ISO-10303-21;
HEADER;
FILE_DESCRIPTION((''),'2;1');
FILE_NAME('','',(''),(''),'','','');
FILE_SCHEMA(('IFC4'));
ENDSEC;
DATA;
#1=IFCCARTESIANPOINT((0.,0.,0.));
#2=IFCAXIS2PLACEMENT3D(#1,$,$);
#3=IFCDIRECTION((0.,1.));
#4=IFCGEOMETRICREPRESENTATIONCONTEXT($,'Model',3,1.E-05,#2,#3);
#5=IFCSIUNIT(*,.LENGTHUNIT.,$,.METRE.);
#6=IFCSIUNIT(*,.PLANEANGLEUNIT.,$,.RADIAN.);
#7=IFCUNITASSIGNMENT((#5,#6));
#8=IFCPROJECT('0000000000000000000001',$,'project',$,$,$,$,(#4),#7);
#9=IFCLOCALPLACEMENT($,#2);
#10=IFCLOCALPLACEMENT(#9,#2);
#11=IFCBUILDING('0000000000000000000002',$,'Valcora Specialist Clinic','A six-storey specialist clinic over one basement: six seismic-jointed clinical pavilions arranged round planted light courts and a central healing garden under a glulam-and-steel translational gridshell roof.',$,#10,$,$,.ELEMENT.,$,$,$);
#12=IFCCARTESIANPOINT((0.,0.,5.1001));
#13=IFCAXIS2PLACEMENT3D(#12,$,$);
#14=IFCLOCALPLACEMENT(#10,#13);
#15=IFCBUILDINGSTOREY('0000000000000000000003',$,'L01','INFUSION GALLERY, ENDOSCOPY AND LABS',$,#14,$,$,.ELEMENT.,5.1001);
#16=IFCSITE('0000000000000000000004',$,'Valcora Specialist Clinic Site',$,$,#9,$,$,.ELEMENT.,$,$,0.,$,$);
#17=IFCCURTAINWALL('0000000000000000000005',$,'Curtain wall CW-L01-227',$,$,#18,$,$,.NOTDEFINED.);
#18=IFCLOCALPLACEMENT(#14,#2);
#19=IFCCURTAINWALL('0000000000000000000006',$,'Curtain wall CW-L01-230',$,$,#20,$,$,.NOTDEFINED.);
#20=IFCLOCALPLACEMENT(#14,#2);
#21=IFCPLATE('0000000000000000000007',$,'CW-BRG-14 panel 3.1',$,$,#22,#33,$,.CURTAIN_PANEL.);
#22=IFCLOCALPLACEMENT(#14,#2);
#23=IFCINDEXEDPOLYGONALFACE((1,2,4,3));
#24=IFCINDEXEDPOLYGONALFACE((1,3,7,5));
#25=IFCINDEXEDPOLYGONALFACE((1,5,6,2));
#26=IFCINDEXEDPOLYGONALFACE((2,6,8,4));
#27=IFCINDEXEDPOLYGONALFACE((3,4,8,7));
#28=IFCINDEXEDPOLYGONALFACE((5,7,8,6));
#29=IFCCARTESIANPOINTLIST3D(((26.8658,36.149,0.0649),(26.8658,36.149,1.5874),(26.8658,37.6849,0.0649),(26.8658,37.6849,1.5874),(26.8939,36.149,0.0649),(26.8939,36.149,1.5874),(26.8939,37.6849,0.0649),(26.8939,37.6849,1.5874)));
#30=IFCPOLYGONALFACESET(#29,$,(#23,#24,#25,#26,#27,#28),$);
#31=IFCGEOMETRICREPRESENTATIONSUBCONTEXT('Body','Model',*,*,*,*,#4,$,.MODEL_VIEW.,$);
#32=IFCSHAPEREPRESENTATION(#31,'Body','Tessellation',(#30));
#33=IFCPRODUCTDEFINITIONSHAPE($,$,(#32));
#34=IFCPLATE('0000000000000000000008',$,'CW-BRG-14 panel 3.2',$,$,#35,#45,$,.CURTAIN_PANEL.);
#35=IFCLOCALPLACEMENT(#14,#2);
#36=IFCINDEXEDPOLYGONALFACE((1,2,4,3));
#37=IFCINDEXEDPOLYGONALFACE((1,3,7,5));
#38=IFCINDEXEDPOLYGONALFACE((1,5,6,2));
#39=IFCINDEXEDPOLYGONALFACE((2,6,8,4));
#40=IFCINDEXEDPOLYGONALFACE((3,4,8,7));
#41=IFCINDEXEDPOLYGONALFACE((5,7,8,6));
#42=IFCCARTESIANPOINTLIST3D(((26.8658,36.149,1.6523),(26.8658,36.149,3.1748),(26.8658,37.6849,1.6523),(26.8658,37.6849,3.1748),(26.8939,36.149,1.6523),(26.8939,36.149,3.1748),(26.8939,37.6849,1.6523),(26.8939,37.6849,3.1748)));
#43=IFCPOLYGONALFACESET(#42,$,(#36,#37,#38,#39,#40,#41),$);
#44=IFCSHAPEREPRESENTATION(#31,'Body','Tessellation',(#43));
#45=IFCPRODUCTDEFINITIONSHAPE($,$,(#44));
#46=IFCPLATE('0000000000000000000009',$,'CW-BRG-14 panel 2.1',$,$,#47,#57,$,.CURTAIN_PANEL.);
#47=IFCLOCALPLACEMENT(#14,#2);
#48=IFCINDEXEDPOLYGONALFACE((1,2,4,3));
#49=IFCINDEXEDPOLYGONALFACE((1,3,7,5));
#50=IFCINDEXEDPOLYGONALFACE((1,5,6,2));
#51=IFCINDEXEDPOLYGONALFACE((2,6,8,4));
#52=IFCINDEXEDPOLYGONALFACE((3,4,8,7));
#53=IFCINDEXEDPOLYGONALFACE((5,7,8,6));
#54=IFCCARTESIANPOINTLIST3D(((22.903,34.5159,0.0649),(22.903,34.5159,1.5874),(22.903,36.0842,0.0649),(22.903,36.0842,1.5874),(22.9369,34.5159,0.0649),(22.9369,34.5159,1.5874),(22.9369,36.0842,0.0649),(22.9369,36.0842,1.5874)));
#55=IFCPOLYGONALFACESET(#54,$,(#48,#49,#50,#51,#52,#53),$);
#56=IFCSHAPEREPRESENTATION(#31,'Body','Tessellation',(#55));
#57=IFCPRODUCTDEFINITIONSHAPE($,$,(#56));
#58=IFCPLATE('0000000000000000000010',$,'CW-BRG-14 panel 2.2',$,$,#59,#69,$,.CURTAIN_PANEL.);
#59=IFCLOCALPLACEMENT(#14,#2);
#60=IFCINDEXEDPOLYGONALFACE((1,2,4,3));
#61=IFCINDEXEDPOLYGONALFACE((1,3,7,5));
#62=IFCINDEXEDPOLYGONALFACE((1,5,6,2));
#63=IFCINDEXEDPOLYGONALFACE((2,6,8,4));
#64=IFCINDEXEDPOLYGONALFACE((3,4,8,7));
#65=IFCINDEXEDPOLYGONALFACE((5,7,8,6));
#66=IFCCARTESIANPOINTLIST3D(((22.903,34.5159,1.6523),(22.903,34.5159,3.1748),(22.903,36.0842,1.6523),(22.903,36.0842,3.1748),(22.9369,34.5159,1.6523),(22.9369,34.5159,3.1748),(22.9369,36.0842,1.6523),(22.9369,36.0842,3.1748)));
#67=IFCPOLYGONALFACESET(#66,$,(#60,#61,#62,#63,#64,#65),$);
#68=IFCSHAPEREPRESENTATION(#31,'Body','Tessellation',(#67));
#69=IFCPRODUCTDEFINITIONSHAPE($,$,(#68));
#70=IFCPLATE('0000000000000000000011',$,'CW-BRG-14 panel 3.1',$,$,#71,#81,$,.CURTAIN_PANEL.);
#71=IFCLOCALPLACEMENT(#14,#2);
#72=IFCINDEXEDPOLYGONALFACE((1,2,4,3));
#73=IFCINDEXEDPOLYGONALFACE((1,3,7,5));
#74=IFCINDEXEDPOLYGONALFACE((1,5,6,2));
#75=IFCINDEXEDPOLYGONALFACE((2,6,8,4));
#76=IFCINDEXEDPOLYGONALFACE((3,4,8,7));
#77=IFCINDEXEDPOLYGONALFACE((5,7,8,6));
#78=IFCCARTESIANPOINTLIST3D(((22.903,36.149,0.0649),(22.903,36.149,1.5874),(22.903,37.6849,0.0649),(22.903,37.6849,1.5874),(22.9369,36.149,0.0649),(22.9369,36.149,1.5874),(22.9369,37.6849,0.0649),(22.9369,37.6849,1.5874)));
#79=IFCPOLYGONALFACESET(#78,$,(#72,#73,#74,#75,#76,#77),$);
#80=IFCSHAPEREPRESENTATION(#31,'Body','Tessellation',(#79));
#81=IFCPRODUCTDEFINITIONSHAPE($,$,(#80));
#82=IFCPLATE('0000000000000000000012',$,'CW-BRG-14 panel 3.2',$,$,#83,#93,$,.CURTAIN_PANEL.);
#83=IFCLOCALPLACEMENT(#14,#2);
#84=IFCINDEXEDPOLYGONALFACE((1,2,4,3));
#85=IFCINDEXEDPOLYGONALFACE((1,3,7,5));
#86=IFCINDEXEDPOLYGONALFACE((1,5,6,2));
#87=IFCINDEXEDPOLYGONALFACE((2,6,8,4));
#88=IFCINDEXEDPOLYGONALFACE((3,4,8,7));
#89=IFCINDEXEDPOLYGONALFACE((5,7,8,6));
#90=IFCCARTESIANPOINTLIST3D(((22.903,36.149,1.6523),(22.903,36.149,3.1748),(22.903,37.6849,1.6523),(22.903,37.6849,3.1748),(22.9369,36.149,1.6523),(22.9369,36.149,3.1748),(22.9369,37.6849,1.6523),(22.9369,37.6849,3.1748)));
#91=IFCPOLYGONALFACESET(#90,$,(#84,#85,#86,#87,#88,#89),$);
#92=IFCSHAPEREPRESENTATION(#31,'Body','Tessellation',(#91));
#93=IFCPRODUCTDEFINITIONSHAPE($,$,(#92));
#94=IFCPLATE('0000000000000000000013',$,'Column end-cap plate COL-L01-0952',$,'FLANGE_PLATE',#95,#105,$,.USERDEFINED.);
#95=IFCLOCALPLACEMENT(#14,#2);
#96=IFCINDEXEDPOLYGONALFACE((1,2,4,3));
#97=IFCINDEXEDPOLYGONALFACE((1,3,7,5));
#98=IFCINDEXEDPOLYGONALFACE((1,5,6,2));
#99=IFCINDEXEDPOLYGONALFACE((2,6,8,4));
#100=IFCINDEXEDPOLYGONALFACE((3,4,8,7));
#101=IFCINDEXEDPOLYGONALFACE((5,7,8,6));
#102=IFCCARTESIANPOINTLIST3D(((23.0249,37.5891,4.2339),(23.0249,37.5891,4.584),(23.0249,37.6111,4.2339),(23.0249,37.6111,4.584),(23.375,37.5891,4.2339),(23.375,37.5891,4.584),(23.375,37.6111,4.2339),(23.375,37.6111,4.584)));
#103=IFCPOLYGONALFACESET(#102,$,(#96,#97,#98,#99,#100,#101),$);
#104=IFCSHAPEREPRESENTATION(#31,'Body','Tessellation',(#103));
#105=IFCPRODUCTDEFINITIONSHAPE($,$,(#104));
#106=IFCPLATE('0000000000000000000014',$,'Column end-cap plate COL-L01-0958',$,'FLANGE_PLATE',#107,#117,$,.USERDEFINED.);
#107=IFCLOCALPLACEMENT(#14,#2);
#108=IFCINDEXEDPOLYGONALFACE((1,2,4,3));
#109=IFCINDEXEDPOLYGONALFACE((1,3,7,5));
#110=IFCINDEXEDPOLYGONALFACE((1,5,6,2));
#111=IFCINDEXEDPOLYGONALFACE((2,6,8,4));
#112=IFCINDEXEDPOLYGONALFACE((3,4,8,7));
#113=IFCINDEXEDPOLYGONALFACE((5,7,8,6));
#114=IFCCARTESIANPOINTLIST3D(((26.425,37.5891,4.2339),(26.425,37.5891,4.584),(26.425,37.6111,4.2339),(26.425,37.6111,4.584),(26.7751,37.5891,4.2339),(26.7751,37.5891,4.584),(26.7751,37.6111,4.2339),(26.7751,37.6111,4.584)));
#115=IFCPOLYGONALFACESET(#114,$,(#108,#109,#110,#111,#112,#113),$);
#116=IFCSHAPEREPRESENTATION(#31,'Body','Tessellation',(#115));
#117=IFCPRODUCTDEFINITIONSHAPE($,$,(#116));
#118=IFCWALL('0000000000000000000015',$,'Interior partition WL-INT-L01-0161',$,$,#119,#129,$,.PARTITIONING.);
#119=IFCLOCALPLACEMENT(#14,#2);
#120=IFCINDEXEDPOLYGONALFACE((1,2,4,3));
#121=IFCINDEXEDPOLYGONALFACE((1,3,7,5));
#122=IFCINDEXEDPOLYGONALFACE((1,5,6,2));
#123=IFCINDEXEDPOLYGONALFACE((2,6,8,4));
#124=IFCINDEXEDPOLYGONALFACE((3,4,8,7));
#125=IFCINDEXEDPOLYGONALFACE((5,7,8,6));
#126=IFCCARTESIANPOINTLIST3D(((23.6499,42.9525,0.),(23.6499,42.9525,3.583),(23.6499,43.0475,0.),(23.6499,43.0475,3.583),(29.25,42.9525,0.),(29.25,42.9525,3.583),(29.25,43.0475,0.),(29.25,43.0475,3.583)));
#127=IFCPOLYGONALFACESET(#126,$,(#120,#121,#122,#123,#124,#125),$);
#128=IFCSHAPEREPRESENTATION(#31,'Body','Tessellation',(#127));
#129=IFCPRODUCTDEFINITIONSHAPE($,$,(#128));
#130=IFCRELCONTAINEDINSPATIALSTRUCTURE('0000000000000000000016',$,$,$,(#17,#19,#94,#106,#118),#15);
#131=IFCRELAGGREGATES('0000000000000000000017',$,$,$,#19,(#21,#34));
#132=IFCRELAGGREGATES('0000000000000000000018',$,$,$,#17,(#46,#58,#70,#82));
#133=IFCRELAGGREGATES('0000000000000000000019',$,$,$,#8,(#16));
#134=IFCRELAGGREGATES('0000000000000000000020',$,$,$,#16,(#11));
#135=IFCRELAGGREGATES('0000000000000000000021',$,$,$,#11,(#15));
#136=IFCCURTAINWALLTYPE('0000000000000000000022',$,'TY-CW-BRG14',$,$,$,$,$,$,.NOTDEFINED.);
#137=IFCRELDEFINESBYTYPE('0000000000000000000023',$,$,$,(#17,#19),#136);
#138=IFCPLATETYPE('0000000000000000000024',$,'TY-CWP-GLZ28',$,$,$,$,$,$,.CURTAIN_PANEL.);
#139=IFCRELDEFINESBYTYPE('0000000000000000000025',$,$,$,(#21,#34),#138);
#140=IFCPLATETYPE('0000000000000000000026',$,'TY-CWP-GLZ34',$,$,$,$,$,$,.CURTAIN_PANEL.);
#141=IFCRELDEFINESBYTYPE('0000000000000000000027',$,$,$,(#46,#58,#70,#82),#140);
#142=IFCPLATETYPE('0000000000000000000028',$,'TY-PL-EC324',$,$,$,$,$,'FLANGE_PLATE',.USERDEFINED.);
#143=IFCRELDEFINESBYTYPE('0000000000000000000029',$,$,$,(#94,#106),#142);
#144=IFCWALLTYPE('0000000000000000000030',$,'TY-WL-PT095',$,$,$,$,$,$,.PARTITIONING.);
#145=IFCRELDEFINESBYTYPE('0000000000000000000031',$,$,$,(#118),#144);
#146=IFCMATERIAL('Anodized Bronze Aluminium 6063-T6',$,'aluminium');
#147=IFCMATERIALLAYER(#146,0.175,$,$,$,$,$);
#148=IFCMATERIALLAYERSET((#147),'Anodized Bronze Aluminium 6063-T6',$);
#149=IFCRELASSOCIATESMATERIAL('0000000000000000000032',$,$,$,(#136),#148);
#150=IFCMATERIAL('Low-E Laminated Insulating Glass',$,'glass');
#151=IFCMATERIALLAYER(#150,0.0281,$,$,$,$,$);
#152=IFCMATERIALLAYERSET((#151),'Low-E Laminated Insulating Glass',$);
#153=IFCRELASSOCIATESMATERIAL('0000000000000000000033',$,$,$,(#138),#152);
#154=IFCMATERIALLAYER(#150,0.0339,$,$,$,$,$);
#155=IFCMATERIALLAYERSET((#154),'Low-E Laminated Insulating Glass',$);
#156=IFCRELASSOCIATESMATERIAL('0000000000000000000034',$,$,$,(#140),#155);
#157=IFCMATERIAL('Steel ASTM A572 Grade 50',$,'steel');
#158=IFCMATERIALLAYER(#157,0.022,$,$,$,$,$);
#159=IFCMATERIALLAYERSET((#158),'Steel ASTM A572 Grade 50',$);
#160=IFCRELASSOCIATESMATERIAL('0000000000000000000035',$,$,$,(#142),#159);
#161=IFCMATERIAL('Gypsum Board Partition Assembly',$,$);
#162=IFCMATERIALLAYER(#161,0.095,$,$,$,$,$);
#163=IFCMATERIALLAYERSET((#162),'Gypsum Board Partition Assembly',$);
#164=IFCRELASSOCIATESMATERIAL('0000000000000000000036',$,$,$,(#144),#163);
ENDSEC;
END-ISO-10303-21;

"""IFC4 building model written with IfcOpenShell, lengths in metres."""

from ifc_helpers import new_model, si_unit, direction, frame, frame_2d, origin, origin_2d, place, context, subcontext, project, spatial, rectangle, extrude, material, layer, layer_set, type_object, element, aggregate, save


model = new_model("IFC4")

# Units and contexts
model_context = context("Model", 3, precision=1e-05, world=origin(), true_north=direction((0.0, 1.0)))
body_context = subcontext(model_context, "Body", "Model", "MODEL_VIEW")
ifc_project = project(units=[si_unit("LENGTHUNIT", "METRE"), si_unit("PLANEANGLEUNIT", "RADIAN")], contexts=[model_context])

# Site, building, storey
site_placement = place(None, origin())
site = spatial("IfcSite", under=ifc_project, at=site_placement, Name="Valcora Specialist Clinic Site", CompositionType="ELEMENT", RefElevation=0.0)
building_placement = place(site_placement, origin())
building = spatial("IfcBuilding", under=site, at=building_placement, Name="Valcora Specialist Clinic", Description="A six-storey specialist clinic over one basement: six seismic-jointed clinical pavilions arranged round planted light courts and a central healing garden under a glulam-and-steel translational gridshell roof.", CompositionType="ELEMENT")
storey_placement = place(building_placement, frame((0.0, 0.0, 5.1001)))
storey = spatial("IfcBuildingStorey", under=building, at=storey_placement, Name="L01", Description="INFUSION GALLERY, ENDOSCOPY AND LABS", CompositionType="ELEMENT", Elevation=5.1001)

# Curtain walls
ifc_material_1 = material(Name="Anodized Bronze Aluminium 6063-T6", Category="aluminium")
ifc_layer_1 = layer(ifc_material_1, 0.175)
ifc_layer_set_1 = layer_set([ifc_layer_1], Name="Anodized Bronze Aluminium 6063-T6")
curtain_wall_type = type_object("IfcCurtainWallType", Name="TY-CW-BRG14", PredefinedType="NOTDEFINED", material=ifc_layer_set_1)
curtain_wall_1_placement = place(storey_placement, origin())
curtain_wall_1 = element("IfcCurtainWall", 1, at=curtain_wall_1_placement, inside=storey, type_object=curtain_wall_type, Name="Curtain wall CW-L01-227", PredefinedType="NOTDEFINED")
curtain_wall_2_placement = place(storey_placement, origin())
curtain_wall_2 = element("IfcCurtainWall", 2, at=curtain_wall_2_placement, inside=storey, type_object=curtain_wall_type, Name="Curtain wall CW-L01-230", PredefinedType="NOTDEFINED")

# Plates
ifc_material_2 = material(Name="Low-E Laminated Insulating Glass", Category="glass")
ifc_layer_2 = layer(ifc_material_2, 0.0281)
ifc_layer_set_2 = layer_set([ifc_layer_2], Name="Low-E Laminated Insulating Glass")
plate_type_1 = type_object("IfcPlateType", Name="TY-CWP-GLZ28", PredefinedType="CURTAIN_PANEL", material=ifc_layer_set_2)
plate_1_placement = place(storey_placement, frame((26.8799, 36.917, 0.0649), z_axis=(0.0, 0.0, 1.0), x_axis=(0.0, 1.0, 0.0)))
plate_1 = element("IfcPlate", 3, at=plate_1_placement, type_object=plate_type_1, Name="CW-BRG-14 panel 3.1", PredefinedType="CURTAIN_PANEL", context=body_context, shape_type="SweptSolid", body=[
    extrude(rectangle(XDim=1.5359, YDim=0.0281, at=origin_2d()), origin(), (0.0, 0.0, 1.0), 1.5225),
])
plate_2_placement = place(storey_placement, frame((26.8799, 36.917, 1.6523), z_axis=(0.0, 0.0, 1.0), x_axis=(0.0, 1.0, 0.0)))
plate_2 = element("IfcPlate", 4, at=plate_2_placement, type_object=plate_type_1, Name="CW-BRG-14 panel 3.2", PredefinedType="CURTAIN_PANEL", context=body_context, shape_type="SweptSolid", body=[
    extrude(rectangle(XDim=1.5359, YDim=0.0281, at=origin_2d()), origin(), (0.0, 0.0, 1.0), 1.5225),
])
aggregate(curtain_wall_2, [plate_1, plate_2])
ifc_layer_3 = layer(ifc_material_2, 0.0339)
ifc_layer_set_3 = layer_set([ifc_layer_3], Name="Low-E Laminated Insulating Glass")
plate_type_2 = type_object("IfcPlateType", Name="TY-CWP-GLZ34", PredefinedType="CURTAIN_PANEL", material=ifc_layer_set_3)
plate_3_placement = place(storey_placement, frame((22.9199, 35.3, 0.0649), z_axis=(0.0, 0.0, 1.0), x_axis=(0.0, 1.0, 0.0)))
plate_3 = element("IfcPlate", 5, at=plate_3_placement, type_object=plate_type_2, Name="CW-BRG-14 panel 2.1", PredefinedType="CURTAIN_PANEL", context=body_context, shape_type="SweptSolid", body=[
    extrude(rectangle(XDim=1.5684, YDim=0.0339, at=origin_2d()), origin(), (0.0, 0.0, 1.0), 1.5225),
])
plate_4_placement = place(storey_placement, frame((22.9199, 35.3, 1.6523), z_axis=(0.0, 0.0, 1.0), x_axis=(0.0, 1.0, 0.0)))
plate_4 = element("IfcPlate", 6, at=plate_4_placement, type_object=plate_type_2, Name="CW-BRG-14 panel 2.2", PredefinedType="CURTAIN_PANEL", context=body_context, shape_type="SweptSolid", body=[
    extrude(rectangle(XDim=1.5684, YDim=0.0339, at=origin_2d()), origin(), (0.0, 0.0, 1.0), 1.5225),
])
plate_5_placement = place(storey_placement, frame((22.9199, 36.917, 0.0649), z_axis=(0.0, 0.0, 1.0), x_axis=(0.0, 1.0, 0.0)))
plate_5 = element("IfcPlate", 7, at=plate_5_placement, type_object=plate_type_2, Name="CW-BRG-14 panel 3.1", PredefinedType="CURTAIN_PANEL", context=body_context, shape_type="SweptSolid", body=[
    extrude(rectangle(XDim=1.5359, YDim=0.0339, at=origin_2d()), origin(), (0.0, 0.0, 1.0), 1.5225),
])
plate_6_placement = place(storey_placement, frame((22.9199, 36.917, 1.6523), z_axis=(0.0, 0.0, 1.0), x_axis=(0.0, 1.0, 0.0)))
plate_6 = element("IfcPlate", 8, at=plate_6_placement, type_object=plate_type_2, Name="CW-BRG-14 panel 3.2", PredefinedType="CURTAIN_PANEL", context=body_context, shape_type="SweptSolid", body=[
    extrude(rectangle(XDim=1.5359, YDim=0.0339, at=origin_2d()), origin(), (0.0, 0.0, 1.0), 1.5225),
])
aggregate(curtain_wall_1, [plate_3, plate_4, plate_5, plate_6])

# Plates
ifc_material_3 = material(Name="Steel ASTM A572 Grade 50", Category="steel")
ifc_layer_4 = layer(ifc_material_3, 0.022)
ifc_layer_set_4 = layer_set([ifc_layer_4], Name="Steel ASTM A572 Grade 50")
plate_type_3 = type_object("IfcPlateType", Name="TY-PL-EC324", ElementType="FLANGE_PLATE", PredefinedType="USERDEFINED", material=ifc_layer_set_4)
for number, where, z_axis, x_axis, name in (
    (9, (23.2, 37.6001, 4.2339), (0.0, 0.0, 1.0), (1.0, 0.0, 0.0), "Column end-cap plate COL-L01-0952"),
    (10, (26.6001, 37.6001, 4.2339), (0.0, 0.0, 1.0), (1.0, 0.0, 0.0), "Column end-cap plate COL-L01-0958"),
):
    element("IfcPlate", number, at=place(storey_placement, frame(where, z_axis=z_axis, x_axis=x_axis)), inside=storey, type_object=plate_type_3, Name=name, ObjectType="FLANGE_PLATE", PredefinedType="USERDEFINED", context=body_context, shape_type="SweptSolid", body=[
        extrude(rectangle(XDim=0.3501, YDim=0.022, at=origin_2d()), origin(), (0.0, 0.0, 1.0), 0.3501),
    ])

# Wall
ifc_material_4 = material(Name="Gypsum Board Partition Assembly")
ifc_layer_5 = layer(ifc_material_4, 0.095)
ifc_layer_set_5 = layer_set([ifc_layer_5], Name="Gypsum Board Partition Assembly")
wall_type = type_object("IfcWallType", Name="TY-WL-PT095", PredefinedType="PARTITIONING", material=ifc_layer_set_5)
wall_placement = place(storey_placement, frame((23.6499, 43.0, 0.0), z_axis=(0.0, 0.0, 1.0), x_axis=(1.0, 0.0, 0.0)))
element("IfcWall", 11, at=wall_placement, inside=storey, type_object=wall_type, Name="Interior partition WL-INT-L01-0161", PredefinedType="PARTITIONING", context=body_context, shape_type="SweptSolid", body=[
    extrude(rectangle(XDim=5.6001, YDim=0.095, at=frame_2d((2.8, 0.0))), origin(), (0.0, 0.0, 1.0), 3.583),
])

save(model, "model.ifc")
